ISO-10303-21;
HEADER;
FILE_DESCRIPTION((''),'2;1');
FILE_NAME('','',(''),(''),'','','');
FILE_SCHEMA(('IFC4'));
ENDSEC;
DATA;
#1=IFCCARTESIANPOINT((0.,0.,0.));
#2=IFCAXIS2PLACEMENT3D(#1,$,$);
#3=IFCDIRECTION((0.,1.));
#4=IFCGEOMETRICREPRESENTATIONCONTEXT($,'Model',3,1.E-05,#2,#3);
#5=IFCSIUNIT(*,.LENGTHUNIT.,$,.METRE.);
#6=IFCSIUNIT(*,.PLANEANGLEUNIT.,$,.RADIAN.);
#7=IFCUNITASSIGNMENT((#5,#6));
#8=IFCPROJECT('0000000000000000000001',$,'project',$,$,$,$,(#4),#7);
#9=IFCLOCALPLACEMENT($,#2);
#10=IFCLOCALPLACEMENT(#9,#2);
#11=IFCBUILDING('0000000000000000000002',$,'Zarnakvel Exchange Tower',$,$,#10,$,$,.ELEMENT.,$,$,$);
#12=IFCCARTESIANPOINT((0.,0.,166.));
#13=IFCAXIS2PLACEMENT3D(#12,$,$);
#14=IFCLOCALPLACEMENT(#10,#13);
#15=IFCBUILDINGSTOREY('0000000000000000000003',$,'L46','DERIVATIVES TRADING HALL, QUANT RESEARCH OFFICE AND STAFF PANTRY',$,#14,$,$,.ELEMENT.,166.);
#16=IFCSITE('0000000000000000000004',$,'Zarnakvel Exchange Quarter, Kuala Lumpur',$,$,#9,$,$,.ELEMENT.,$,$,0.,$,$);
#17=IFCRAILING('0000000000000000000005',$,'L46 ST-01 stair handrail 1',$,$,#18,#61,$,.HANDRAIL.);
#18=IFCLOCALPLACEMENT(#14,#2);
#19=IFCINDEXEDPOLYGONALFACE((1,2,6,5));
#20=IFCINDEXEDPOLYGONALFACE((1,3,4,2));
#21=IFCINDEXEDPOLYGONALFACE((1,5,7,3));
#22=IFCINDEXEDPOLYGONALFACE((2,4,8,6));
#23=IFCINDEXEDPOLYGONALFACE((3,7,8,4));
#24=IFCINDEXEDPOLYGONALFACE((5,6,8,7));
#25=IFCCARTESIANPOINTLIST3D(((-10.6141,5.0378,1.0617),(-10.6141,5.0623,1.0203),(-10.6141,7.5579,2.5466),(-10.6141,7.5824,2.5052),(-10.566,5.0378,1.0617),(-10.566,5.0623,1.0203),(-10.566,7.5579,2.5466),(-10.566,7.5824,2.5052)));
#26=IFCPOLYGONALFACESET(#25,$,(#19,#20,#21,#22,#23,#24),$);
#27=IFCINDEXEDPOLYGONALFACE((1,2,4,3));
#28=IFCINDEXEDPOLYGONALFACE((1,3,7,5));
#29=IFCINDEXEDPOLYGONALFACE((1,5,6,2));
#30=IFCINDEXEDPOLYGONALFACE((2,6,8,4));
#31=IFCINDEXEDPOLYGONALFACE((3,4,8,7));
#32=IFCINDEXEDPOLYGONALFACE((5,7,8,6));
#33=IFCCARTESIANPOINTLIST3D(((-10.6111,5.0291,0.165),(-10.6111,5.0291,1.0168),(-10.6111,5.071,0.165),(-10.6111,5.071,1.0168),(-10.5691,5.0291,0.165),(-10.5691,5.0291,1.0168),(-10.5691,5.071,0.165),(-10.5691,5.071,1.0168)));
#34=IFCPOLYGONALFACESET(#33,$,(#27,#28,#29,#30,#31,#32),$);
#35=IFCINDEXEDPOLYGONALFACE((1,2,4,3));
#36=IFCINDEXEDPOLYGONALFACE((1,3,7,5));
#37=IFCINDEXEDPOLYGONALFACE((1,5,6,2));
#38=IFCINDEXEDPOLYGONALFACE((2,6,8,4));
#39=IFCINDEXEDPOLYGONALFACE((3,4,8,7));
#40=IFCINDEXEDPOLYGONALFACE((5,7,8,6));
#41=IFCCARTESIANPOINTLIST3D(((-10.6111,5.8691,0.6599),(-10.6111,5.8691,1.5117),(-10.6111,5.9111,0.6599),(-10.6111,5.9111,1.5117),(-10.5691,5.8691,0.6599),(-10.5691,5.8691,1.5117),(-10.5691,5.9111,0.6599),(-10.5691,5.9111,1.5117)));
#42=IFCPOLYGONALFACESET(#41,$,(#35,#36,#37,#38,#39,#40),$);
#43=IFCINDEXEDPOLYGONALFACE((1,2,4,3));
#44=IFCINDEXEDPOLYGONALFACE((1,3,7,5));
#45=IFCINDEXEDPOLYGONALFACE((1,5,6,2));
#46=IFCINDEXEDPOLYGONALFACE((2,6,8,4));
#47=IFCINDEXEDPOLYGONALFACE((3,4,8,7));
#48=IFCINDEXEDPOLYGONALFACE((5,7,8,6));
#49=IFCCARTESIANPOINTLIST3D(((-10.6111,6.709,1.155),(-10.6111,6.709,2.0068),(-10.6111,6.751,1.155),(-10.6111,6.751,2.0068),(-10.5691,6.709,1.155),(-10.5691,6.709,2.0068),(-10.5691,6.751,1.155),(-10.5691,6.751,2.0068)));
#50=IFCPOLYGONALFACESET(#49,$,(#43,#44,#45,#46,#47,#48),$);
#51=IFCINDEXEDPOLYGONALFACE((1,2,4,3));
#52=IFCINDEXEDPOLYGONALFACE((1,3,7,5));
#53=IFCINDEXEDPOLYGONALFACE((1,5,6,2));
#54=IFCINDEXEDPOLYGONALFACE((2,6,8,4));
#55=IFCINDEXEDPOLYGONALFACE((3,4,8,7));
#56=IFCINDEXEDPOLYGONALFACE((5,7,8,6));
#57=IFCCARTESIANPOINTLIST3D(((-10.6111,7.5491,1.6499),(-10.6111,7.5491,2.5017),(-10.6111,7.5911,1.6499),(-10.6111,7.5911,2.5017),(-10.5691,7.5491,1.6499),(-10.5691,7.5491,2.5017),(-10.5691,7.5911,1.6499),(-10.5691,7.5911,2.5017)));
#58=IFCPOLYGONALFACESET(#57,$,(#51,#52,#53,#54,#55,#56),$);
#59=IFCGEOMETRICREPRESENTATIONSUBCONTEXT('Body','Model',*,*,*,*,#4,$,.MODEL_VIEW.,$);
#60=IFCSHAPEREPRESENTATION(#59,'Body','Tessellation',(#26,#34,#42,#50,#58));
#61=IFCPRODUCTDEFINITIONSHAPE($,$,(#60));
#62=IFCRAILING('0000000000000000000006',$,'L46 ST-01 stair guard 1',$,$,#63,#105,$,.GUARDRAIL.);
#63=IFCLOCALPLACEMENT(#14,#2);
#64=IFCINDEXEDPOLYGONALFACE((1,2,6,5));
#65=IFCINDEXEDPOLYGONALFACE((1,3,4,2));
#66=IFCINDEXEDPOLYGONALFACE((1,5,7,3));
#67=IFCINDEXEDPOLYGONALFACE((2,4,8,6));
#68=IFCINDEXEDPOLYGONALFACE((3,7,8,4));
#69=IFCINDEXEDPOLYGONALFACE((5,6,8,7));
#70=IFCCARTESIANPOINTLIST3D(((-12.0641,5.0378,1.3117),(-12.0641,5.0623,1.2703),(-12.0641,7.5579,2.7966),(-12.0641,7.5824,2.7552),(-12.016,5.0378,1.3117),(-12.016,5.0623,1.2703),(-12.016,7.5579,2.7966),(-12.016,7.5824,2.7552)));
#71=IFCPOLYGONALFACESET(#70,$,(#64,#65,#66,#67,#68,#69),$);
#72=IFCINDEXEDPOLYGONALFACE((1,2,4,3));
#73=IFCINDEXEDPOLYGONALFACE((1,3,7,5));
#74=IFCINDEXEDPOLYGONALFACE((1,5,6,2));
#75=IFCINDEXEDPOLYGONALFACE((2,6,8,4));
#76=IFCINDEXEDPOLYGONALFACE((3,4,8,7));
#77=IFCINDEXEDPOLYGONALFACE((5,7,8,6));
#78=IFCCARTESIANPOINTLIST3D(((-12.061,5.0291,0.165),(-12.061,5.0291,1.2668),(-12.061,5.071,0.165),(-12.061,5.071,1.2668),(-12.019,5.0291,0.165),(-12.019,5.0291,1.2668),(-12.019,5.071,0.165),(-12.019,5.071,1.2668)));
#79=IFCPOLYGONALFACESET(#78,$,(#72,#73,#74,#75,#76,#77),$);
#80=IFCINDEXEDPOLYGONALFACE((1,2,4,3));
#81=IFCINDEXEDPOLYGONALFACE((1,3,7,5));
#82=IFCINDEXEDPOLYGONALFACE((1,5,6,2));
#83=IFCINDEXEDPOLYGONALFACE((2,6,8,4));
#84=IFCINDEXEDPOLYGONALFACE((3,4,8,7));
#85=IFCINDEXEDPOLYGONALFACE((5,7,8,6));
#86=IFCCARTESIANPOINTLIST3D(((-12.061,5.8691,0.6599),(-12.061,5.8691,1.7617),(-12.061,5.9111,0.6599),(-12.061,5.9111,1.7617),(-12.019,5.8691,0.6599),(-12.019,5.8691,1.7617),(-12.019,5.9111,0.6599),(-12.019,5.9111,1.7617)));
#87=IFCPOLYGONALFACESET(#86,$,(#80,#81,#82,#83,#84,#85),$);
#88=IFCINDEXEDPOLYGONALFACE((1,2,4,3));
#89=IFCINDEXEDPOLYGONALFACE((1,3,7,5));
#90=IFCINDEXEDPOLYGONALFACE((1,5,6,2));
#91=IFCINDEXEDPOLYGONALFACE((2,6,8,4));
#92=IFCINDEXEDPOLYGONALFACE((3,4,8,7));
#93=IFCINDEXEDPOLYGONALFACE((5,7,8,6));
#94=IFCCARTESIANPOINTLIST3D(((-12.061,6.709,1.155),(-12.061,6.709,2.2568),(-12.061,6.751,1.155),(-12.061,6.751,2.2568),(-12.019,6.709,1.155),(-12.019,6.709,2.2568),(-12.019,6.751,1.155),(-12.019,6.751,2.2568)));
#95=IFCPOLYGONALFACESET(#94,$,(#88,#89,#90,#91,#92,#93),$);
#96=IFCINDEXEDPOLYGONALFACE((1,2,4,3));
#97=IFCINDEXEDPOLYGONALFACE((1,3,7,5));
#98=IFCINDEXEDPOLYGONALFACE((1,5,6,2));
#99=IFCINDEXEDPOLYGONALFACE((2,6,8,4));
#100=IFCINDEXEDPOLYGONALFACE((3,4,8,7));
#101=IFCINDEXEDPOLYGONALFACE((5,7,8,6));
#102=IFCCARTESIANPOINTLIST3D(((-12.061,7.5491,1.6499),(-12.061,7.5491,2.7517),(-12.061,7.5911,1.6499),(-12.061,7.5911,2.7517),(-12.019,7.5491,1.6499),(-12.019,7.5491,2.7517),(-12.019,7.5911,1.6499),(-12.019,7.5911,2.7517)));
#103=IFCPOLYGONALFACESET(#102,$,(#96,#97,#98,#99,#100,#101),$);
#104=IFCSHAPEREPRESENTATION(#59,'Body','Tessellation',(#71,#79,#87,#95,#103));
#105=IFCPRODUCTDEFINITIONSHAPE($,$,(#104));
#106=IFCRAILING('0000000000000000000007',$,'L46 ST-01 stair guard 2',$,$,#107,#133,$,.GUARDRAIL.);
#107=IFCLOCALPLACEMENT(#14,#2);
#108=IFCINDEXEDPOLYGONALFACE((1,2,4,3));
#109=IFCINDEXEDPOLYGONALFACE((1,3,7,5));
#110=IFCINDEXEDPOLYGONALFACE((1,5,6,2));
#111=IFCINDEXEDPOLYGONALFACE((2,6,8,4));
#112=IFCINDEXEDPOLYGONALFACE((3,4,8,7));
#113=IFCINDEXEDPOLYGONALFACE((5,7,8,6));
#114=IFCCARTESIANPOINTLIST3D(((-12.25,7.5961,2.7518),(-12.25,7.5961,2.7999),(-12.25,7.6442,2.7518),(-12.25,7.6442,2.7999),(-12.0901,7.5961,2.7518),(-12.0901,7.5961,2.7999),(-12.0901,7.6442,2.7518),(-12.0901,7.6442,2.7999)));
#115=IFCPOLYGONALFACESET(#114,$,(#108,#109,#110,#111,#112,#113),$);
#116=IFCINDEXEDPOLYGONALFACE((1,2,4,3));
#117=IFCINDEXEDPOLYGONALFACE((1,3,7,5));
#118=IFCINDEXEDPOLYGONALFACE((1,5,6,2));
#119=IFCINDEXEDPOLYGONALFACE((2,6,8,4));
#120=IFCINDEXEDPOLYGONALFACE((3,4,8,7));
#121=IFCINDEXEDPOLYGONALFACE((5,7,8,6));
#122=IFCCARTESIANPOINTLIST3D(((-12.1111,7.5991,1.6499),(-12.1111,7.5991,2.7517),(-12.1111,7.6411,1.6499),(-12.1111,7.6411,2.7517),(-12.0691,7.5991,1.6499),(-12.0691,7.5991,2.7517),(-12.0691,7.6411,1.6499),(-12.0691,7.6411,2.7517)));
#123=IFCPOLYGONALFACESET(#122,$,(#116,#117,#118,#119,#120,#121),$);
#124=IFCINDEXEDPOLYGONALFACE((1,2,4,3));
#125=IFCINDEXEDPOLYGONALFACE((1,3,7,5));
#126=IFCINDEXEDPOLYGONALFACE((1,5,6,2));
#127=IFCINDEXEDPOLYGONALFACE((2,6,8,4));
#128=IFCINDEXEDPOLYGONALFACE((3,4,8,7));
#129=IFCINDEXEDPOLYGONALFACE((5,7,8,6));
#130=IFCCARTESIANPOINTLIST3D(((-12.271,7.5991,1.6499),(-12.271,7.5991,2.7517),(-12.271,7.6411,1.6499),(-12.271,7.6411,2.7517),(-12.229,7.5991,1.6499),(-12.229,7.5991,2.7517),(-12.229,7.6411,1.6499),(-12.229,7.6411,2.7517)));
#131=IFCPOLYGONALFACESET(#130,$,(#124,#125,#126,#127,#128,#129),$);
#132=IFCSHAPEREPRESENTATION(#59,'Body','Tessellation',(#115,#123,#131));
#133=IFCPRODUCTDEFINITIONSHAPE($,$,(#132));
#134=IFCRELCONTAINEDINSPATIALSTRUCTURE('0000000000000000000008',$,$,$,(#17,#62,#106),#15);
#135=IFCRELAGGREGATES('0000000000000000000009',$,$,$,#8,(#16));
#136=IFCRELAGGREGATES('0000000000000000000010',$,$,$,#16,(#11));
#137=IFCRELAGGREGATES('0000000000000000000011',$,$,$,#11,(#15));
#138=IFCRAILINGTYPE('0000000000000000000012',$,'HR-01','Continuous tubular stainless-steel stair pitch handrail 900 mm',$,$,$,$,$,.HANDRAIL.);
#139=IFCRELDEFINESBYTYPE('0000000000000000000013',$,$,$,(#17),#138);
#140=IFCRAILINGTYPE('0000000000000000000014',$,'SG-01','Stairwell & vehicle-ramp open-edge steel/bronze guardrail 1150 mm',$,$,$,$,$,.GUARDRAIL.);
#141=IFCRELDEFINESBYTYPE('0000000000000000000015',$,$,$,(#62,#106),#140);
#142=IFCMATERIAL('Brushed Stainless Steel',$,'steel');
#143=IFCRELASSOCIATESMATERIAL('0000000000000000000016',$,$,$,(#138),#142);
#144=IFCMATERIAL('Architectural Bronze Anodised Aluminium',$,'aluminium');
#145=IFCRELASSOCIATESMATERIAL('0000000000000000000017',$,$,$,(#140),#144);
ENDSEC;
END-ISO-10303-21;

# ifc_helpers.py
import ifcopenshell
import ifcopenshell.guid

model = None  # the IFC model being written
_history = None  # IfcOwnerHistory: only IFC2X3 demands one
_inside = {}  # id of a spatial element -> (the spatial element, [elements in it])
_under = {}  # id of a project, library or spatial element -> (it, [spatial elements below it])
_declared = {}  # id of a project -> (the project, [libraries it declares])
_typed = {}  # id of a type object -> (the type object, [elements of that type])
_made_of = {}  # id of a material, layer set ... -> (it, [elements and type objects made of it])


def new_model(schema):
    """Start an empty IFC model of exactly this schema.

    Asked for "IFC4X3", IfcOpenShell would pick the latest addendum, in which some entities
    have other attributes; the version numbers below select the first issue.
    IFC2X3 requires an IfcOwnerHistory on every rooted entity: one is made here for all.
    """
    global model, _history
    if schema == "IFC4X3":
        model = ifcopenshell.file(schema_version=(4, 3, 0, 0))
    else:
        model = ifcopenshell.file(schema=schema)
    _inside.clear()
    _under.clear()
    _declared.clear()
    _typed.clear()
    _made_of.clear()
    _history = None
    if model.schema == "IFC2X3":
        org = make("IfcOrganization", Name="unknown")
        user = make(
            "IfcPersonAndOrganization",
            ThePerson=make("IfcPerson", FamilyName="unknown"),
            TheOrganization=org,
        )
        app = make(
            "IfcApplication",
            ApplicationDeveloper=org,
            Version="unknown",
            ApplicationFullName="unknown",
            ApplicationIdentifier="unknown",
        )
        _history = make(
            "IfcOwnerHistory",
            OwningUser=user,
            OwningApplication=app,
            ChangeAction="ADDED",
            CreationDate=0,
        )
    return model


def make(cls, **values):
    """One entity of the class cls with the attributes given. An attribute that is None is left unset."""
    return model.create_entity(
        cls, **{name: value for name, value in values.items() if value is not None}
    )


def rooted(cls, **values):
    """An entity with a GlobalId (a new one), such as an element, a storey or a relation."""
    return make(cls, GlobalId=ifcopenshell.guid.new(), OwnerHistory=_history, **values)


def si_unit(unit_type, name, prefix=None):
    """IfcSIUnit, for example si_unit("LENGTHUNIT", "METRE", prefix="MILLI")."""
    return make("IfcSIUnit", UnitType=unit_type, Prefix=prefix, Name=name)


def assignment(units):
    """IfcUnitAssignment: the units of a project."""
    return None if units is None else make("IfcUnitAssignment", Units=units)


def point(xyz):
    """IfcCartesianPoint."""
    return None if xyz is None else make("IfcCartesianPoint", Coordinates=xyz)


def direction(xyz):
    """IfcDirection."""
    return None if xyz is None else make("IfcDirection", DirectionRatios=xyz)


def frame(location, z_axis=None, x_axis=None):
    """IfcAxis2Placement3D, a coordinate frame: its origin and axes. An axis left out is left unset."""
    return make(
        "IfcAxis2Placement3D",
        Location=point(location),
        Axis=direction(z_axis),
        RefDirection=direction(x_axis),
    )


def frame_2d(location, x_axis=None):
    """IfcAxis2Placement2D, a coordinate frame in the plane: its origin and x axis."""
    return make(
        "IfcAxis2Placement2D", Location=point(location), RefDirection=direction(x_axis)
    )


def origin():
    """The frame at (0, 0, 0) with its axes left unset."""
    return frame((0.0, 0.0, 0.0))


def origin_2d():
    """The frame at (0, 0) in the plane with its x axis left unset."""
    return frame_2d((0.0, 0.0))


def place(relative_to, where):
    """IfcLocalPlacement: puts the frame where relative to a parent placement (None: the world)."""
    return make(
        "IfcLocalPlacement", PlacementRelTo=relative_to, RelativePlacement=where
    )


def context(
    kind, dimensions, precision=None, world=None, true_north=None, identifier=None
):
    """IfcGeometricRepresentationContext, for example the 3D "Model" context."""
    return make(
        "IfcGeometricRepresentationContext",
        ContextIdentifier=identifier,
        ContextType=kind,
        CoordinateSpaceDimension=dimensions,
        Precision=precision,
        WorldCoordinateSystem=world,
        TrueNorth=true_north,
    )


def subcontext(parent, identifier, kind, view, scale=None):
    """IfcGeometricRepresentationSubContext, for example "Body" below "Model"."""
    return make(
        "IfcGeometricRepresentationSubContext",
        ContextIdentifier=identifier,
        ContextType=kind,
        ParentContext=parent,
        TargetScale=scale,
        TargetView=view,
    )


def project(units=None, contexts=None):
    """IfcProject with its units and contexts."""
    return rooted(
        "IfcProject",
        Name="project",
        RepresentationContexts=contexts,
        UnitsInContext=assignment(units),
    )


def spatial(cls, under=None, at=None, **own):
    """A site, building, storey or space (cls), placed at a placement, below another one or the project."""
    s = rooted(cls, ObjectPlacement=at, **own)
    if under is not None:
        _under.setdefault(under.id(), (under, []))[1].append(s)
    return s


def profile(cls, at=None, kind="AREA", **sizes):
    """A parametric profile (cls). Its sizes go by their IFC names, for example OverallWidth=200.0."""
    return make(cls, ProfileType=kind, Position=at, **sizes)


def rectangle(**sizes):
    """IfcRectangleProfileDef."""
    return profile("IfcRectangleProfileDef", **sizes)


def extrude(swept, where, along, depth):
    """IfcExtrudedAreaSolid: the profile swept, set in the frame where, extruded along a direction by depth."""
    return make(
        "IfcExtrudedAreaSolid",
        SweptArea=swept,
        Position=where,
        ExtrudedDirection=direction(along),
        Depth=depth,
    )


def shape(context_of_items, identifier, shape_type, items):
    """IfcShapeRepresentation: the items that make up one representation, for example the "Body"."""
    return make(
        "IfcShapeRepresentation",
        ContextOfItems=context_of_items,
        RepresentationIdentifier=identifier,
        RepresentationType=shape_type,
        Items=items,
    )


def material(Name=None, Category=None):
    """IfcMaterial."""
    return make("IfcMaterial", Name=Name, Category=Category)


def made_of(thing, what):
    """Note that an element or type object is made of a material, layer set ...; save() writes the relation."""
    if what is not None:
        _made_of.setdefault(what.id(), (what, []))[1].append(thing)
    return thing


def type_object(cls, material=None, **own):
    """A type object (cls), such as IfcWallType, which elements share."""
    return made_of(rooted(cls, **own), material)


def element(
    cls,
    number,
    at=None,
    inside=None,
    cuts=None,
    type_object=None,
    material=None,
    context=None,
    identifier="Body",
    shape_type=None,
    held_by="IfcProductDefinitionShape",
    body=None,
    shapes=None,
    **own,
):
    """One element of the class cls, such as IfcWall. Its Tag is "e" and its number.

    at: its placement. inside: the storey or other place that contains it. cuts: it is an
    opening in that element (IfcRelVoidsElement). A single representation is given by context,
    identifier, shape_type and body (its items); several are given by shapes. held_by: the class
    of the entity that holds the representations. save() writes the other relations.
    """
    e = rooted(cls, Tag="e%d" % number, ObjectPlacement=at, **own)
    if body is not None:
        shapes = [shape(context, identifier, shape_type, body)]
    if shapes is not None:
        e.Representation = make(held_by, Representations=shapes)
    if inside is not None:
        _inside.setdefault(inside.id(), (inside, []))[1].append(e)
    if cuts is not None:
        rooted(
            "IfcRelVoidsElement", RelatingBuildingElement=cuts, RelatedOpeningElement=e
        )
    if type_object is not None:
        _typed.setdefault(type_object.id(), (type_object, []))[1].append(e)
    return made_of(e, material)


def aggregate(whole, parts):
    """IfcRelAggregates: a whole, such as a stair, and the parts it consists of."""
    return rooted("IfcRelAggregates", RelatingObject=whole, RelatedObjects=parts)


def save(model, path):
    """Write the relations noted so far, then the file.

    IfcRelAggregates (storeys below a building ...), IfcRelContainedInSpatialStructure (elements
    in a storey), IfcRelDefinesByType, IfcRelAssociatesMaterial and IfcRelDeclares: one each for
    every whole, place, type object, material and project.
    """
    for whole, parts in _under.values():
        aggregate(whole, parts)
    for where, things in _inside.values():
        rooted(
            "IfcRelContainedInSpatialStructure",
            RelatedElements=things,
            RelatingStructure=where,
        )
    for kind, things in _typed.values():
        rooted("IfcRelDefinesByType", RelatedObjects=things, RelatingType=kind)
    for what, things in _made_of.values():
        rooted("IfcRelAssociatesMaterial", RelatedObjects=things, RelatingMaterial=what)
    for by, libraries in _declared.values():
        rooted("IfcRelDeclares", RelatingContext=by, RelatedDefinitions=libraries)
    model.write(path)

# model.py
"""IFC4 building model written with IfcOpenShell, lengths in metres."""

from ifc_helpers import new_model, si_unit, direction, frame, origin, origin_2d, place, context, subcontext, project, spatial, rectangle, extrude, material, type_object, element, save


model = new_model("IFC4")

# Units and contexts
model_context = context("Model", 3, precision=1e-05, world=origin(), true_north=direction((0.0, 1.0)))
body_context = subcontext(model_context, "Body", "Model", "MODEL_VIEW")
ifc_project = project(units=[si_unit("LENGTHUNIT", "METRE"), si_unit("PLANEANGLEUNIT", "RADIAN")], contexts=[model_context])

# Site, building, storey
site_placement = place(None, origin())
site = spatial("IfcSite", under=ifc_project, at=site_placement, Name="Zarnakvel Exchange Quarter, Kuala Lumpur", CompositionType="ELEMENT", RefElevation=0.0)
building_placement = place(site_placement, origin())
building = spatial("IfcBuilding", under=site, at=building_placement, Name="Zarnakvel Exchange Tower", CompositionType="ELEMENT")
storey_placement = place(building_placement, frame((0.0, 0.0, 166.0)))
storey = spatial("IfcBuildingStorey", under=building, at=storey_placement, Name="L46", Description="DERIVATIVES TRADING HALL, QUANT RESEARCH OFFICE AND STAFF PANTRY", CompositionType="ELEMENT", Elevation=166.0)

# Shared definitions
ifc_material_1 = material(Name="Brushed Stainless Steel", Category="steel")

# Shared definitions
ifc_material_2 = material(Name="Architectural Bronze Anodised Aluminium", Category="aluminium")

# Railings
railing_type_1 = type_object("IfcRailingType", Name="HR-01", Description="Continuous tubular stainless-steel stair pitch handrail 900 mm", PredefinedType="HANDRAIL", material=ifc_material_1)
railing_1_placement = place(storey_placement, frame((-10.5901, 5.05, 0.165)))
element("IfcRailing", 1, at=railing_1_placement, inside=storey, type_object=railing_type_1, Name="L46 ST-01 stair handrail 1", PredefinedType="HANDRAIL", context=body_context, shape_type="SweptSolid", body=[
    extrude(rectangle(XDim=0.0481, YDim=0.0481, at=origin_2d()), frame((0.0, 0.0, 0.876), z_axis=(0.0, 0.861561, 0.507655), x_axis=(-1.0, 0.0, 0.0)), (0.0, 0.0, 1.0), 2.925),
    extrude(rectangle(XDim=0.042, YDim=0.042, at=origin_2d()), origin(), (0.0, 0.0, 1.0), 0.8518),
    extrude(rectangle(XDim=0.042, YDim=0.042, at=origin_2d()), frame((0.0, 0.8401, 0.4949)), (0.0, 0.0, 1.0), 0.8518),
    extrude(rectangle(XDim=0.042, YDim=0.042, at=origin_2d()), frame((0.0, 1.6799, 0.99)), (0.0, 0.0, 1.0), 0.8518),
    extrude(rectangle(XDim=0.042, YDim=0.042, at=origin_2d()), frame((0.0, 2.52, 1.4849)), (0.0, 0.0, 1.0), 0.8518),
])
railing_type_2 = type_object("IfcRailingType", Name="SG-01", Description="Stairwell & vehicle-ramp open-edge steel/bronze guardrail 1150 mm", PredefinedType="GUARDRAIL", material=ifc_material_2)
railing_2_placement = place(storey_placement, frame((-12.04, 5.05, 0.165)))
element("IfcRailing", 2, at=railing_2_placement, inside=storey, type_object=railing_type_2, Name="L46 ST-01 stair guard 1", PredefinedType="GUARDRAIL", context=body_context, shape_type="SweptSolid", body=[
    extrude(rectangle(XDim=0.0481, YDim=0.0481, at=origin_2d()), frame((0.0, 0.0, 1.126), z_axis=(0.0, 0.861561, 0.507655), x_axis=(-1.0, 0.0, 0.0)), (0.0, 0.0, 1.0), 2.925),
    extrude(rectangle(XDim=0.042, YDim=0.042, at=origin_2d()), origin(), (0.0, 0.0, 1.0), 1.1018),
    extrude(rectangle(XDim=0.042, YDim=0.042, at=origin_2d()), frame((0.0, 0.8401, 0.4949)), (0.0, 0.0, 1.0), 1.1018),
    extrude(rectangle(XDim=0.042, YDim=0.042, at=origin_2d()), frame((0.0, 1.6799, 0.99)), (0.0, 0.0, 1.0), 1.1018),
    extrude(rectangle(XDim=0.042, YDim=0.042, at=origin_2d()), frame((0.0, 2.52, 1.4849)), (0.0, 0.0, 1.0), 1.1018),
])
railing_3_placement = place(storey_placement, frame((-12.0901, 7.6201, 1.6499)))
element("IfcRailing", 3, at=railing_3_placement, inside=storey, type_object=railing_type_2, Name="L46 ST-01 stair guard 2", PredefinedType="GUARDRAIL", context=body_context, shape_type="SweptSolid", body=[
    extrude(rectangle(XDim=0.0481, YDim=0.0481, at=origin_2d()), frame((0.0, 0.0, 1.126), z_axis=(-1.0, 0.0, 0.0), x_axis=(0.0, -1.0, 0.0)), (0.0, 0.0, 1.0), 0.1599),
    extrude(rectangle(XDim=0.042, YDim=0.042, at=origin_2d()), origin(), (0.0, 0.0, 1.0), 1.1018),
    extrude(rectangle(XDim=0.042, YDim=0.042, at=origin_2d()), frame((-0.1599, 0.0, 0.0)), (0.0, 0.0, 1.0), 1.1018),
])

save(model, "model.ifc")
